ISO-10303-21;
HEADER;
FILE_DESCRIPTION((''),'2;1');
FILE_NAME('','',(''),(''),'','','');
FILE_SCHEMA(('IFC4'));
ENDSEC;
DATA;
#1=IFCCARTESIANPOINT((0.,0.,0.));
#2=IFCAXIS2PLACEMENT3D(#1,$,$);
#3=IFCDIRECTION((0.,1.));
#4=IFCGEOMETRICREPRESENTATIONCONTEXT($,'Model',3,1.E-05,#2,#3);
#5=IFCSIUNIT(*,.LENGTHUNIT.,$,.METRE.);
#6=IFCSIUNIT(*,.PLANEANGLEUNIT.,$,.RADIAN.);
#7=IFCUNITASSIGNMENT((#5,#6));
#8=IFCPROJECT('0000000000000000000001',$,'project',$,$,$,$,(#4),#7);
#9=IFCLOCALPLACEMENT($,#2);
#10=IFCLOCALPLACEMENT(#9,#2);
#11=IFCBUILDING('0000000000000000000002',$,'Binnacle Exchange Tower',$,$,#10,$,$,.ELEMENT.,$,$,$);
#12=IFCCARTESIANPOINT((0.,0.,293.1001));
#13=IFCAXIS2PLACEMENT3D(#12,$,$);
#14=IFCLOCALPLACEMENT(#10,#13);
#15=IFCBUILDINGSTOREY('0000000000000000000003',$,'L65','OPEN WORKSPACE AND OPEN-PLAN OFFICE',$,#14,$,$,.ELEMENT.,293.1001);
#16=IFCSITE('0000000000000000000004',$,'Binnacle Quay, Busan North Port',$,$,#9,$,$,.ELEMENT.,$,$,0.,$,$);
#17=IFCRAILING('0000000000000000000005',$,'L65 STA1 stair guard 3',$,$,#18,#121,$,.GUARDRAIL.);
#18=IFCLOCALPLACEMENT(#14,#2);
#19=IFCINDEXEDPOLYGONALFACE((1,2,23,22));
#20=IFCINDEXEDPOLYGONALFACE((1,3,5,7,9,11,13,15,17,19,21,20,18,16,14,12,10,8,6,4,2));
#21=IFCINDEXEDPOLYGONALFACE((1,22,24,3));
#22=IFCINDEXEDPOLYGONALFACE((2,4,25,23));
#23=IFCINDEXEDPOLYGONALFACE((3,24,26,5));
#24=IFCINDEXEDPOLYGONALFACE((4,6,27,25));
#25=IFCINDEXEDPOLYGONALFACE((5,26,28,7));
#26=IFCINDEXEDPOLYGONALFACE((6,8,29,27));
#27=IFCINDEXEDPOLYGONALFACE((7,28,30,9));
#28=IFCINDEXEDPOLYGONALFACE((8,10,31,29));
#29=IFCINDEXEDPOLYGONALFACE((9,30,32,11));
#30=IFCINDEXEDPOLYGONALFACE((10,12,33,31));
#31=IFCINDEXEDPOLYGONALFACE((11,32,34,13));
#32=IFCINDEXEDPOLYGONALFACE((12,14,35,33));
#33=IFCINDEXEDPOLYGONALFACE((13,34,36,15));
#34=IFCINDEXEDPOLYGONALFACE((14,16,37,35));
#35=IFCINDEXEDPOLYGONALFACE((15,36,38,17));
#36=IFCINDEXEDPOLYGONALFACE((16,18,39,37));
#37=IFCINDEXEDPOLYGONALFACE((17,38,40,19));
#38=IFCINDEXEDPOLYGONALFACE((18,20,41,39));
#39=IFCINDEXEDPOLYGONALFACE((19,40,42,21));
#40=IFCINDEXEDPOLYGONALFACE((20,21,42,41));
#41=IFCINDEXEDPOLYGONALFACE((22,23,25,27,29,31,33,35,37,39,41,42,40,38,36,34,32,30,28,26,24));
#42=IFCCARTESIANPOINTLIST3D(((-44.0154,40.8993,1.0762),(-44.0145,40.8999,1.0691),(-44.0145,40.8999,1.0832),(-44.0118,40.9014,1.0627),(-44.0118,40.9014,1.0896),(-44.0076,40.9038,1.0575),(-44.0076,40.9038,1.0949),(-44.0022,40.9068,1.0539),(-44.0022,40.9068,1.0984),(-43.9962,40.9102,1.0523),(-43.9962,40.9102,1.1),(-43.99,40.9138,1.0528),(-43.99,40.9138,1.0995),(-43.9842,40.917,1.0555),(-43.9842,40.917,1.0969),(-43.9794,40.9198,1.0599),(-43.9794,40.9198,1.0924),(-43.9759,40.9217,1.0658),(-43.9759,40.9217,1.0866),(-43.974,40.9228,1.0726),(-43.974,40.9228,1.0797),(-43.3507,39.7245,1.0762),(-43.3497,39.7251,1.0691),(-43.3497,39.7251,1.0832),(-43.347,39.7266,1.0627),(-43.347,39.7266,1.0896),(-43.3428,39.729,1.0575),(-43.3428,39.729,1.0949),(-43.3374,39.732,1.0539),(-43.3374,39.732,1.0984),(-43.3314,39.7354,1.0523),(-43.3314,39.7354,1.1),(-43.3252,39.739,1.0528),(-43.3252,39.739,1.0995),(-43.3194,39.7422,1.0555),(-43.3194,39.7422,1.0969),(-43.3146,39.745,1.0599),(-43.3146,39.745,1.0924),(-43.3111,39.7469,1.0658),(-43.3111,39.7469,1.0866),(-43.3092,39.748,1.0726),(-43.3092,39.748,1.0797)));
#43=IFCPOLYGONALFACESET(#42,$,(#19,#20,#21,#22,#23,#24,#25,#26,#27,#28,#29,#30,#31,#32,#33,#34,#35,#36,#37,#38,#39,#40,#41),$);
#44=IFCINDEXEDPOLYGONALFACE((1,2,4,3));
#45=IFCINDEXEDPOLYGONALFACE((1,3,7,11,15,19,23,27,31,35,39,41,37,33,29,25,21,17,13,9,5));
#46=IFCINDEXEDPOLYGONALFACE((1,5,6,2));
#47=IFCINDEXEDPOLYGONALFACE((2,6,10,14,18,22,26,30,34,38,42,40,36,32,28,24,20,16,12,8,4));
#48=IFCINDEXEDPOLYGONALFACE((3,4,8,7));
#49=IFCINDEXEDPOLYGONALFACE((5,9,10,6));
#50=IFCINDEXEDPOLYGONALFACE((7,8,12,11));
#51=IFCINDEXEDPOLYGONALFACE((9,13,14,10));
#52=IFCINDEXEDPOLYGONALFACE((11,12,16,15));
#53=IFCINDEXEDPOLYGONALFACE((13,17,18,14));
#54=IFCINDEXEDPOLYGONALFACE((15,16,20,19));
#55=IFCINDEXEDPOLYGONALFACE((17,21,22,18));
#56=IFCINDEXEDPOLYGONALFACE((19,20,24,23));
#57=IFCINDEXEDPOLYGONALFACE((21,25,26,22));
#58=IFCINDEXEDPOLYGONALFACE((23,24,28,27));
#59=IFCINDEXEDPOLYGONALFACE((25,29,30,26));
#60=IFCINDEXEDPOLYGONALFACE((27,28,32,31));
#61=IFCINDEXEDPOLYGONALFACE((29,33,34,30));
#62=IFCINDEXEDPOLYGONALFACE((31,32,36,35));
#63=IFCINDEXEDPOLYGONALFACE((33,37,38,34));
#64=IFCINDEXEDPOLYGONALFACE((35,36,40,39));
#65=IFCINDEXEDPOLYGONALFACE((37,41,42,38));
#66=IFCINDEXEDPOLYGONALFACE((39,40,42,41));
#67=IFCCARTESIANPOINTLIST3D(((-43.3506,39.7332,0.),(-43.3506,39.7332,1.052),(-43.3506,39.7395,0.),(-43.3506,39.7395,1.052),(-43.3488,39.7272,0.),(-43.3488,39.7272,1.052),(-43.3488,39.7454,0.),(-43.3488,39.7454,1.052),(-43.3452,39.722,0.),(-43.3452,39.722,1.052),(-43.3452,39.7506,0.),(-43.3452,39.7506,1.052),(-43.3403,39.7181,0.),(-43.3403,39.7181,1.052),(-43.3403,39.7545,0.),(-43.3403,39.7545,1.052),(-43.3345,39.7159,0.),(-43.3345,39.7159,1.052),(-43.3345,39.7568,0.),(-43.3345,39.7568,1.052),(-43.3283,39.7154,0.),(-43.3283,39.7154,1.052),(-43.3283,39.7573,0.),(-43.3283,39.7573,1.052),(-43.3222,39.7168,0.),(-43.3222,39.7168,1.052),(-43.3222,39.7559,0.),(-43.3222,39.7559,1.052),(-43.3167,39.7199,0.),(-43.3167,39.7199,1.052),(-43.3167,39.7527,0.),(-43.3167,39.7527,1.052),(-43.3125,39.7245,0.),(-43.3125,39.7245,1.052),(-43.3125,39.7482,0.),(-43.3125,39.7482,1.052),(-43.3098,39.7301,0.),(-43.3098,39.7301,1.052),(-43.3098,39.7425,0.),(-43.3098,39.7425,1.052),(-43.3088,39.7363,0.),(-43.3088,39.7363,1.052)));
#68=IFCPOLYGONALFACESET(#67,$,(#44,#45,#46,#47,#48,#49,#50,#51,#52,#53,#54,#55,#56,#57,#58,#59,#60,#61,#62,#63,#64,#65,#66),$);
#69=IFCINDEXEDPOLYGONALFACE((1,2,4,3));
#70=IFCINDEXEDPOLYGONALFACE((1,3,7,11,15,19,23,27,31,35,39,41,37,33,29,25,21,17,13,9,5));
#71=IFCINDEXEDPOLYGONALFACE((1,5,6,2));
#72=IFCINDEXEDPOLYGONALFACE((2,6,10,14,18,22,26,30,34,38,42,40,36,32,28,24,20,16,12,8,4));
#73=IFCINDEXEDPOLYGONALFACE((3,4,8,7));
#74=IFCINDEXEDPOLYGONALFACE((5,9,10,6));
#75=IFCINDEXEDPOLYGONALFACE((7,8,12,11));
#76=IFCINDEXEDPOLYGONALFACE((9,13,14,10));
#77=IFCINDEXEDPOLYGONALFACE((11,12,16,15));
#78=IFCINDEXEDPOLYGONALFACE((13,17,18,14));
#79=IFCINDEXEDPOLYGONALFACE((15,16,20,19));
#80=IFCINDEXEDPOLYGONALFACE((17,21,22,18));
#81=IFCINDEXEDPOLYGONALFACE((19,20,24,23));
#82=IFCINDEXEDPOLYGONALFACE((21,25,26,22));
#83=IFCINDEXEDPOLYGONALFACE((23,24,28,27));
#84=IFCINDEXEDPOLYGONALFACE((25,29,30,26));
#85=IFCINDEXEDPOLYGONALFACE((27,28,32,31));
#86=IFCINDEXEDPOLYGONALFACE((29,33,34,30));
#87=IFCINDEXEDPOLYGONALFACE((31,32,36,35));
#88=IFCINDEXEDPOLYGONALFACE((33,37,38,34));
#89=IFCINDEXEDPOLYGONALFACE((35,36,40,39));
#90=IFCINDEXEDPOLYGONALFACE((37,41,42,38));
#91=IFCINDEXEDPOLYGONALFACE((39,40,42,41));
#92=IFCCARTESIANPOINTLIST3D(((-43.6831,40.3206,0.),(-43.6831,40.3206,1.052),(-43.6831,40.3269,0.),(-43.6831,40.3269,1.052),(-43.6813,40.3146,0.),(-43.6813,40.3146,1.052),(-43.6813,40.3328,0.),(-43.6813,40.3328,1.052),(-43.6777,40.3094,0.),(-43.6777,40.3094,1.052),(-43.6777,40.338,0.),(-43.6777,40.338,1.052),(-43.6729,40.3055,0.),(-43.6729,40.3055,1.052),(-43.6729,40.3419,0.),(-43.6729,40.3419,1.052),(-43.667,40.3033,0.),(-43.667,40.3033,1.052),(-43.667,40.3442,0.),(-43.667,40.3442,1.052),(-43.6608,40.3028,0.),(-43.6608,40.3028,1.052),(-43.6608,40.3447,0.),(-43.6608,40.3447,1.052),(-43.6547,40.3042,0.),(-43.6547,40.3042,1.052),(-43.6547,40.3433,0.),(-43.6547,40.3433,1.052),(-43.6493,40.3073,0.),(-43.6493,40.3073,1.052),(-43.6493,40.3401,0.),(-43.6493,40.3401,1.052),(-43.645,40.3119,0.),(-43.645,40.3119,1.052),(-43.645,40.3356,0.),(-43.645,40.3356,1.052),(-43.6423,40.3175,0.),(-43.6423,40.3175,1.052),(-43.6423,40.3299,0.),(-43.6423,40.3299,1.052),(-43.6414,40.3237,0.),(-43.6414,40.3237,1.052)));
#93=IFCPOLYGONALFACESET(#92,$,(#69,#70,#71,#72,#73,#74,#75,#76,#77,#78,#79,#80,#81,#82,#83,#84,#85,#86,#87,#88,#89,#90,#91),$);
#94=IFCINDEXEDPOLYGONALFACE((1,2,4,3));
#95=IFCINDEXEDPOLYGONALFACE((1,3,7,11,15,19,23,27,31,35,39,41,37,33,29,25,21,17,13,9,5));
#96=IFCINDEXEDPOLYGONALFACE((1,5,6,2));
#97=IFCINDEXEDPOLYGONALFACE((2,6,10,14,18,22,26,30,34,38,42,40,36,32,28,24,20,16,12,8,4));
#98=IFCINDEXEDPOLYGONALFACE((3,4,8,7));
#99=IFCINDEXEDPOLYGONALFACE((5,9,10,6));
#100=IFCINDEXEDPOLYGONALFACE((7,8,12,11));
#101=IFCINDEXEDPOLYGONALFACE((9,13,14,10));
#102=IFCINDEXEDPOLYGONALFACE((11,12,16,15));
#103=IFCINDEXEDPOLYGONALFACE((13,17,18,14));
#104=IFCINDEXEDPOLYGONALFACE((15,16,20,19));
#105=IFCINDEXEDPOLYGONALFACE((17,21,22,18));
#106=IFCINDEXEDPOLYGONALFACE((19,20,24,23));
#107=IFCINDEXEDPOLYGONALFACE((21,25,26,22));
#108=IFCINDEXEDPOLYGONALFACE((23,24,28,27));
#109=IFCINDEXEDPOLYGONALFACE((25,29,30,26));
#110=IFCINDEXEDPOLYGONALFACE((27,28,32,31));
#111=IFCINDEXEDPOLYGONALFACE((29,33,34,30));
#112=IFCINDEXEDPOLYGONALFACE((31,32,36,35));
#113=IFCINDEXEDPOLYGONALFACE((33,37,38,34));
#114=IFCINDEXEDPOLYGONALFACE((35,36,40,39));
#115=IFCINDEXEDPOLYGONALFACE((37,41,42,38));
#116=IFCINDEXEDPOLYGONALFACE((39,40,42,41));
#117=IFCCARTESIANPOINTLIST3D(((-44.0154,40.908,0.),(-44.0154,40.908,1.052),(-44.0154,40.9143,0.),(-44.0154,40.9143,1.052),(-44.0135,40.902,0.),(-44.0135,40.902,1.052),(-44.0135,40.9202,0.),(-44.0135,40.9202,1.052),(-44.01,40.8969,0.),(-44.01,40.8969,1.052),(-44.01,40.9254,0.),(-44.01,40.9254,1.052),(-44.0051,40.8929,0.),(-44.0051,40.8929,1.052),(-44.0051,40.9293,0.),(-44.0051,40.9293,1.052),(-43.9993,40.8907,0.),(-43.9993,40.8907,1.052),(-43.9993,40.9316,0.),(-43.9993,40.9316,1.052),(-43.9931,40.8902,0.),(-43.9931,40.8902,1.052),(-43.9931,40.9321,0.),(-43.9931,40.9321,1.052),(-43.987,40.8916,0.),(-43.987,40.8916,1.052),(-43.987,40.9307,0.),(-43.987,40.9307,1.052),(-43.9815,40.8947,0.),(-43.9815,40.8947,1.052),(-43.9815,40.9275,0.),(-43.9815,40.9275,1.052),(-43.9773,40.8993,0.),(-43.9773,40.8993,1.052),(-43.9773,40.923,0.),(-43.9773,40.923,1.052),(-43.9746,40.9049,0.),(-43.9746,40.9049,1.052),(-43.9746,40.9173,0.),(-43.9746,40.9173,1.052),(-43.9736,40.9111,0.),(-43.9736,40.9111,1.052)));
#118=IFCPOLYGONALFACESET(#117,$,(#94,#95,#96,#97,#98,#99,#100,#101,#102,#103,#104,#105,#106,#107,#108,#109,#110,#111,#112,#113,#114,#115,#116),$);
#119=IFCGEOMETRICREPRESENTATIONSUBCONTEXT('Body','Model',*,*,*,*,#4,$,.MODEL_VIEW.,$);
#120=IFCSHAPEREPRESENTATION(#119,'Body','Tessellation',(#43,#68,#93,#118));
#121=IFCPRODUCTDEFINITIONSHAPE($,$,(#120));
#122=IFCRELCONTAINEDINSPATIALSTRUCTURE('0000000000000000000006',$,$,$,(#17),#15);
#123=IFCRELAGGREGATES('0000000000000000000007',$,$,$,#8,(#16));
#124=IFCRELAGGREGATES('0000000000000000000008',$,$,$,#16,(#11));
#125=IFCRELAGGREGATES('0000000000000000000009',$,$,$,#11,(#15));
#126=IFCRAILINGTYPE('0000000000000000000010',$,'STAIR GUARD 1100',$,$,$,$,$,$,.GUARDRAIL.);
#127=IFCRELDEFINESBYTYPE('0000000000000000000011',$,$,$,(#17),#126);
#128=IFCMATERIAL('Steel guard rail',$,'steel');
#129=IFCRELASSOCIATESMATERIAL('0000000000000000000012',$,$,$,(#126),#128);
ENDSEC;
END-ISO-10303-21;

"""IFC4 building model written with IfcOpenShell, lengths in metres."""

from ifc_helpers import new_model, si_unit, direction, frame, origin, origin_2d, place, context, subcontext, project, spatial, circle, extrude, material, type_object, element, save


model = new_model("IFC4")

# Units and contexts
model_context = context("Model", 3, precision=1e-05, world=origin(), true_north=direction((0.0, 1.0)))
body_context = subcontext(model_context, "Body", "Model", "MODEL_VIEW")
ifc_project = project(units=[si_unit("LENGTHUNIT", "METRE"), si_unit("PLANEANGLEUNIT", "RADIAN")], contexts=[model_context])

# Site, building, storey
site_placement = place(None, origin())
site = spatial("IfcSite", under=ifc_project, at=site_placement, Name="Binnacle Quay, Busan North Port", CompositionType="ELEMENT", RefElevation=0.0)
building_placement = place(site_placement, origin())
building = spatial("IfcBuilding", under=site, at=building_placement, Name="Binnacle Exchange Tower", CompositionType="ELEMENT")
storey_placement = place(building_placement, frame((0.0, 0.0, 293.1001)))
storey = spatial("IfcBuildingStorey", under=building, at=storey_placement, Name="L65", Description="OPEN WORKSPACE AND OPEN-PLAN OFFICE", CompositionType="ELEMENT", Elevation=293.1001)

# Railing
ifc_material_1 = material(Name="Steel guard rail", Category="steel")
railing_type = type_object("IfcRailingType", Name="STAIR GUARD 1100", PredefinedType="GUARDRAIL", material=ifc_material_1)
railing_1_placement = place(storey_placement, frame((-43.3298, 39.7363, 0.0)))
element("IfcRailing", 1, at=railing_1_placement, inside=storey, type_object=railing_type, Name="L65 STA1 stair guard 3", PredefinedType="GUARDRAIL", context=body_context, shape_type="SweptSolid", body=[
    extrude(circle(Radius=0.0239, at=origin_2d()), frame((0.0, 0.0, 1.0762), z_axis=(-0.492492, 0.870317, 0.0), x_axis=(-0.870317, -0.492492, 0.0)), (0.0, 0.0, 1.0), 1.3499),
    extrude(circle(Radius=0.021, at=origin_2d()), origin(), (0.0, 0.0, 1.0), 1.052),
    extrude(circle(Radius=0.021, at=origin_2d()), frame((-0.3325, 0.5874, 0.0)), (0.0, 0.0, 1.0), 1.052),
    extrude(circle(Radius=0.021, at=origin_2d()), frame((-0.6648, 1.1748, 0.0)), (0.0, 0.0, 1.0), 1.052),
])

save(model, "model.ifc")
